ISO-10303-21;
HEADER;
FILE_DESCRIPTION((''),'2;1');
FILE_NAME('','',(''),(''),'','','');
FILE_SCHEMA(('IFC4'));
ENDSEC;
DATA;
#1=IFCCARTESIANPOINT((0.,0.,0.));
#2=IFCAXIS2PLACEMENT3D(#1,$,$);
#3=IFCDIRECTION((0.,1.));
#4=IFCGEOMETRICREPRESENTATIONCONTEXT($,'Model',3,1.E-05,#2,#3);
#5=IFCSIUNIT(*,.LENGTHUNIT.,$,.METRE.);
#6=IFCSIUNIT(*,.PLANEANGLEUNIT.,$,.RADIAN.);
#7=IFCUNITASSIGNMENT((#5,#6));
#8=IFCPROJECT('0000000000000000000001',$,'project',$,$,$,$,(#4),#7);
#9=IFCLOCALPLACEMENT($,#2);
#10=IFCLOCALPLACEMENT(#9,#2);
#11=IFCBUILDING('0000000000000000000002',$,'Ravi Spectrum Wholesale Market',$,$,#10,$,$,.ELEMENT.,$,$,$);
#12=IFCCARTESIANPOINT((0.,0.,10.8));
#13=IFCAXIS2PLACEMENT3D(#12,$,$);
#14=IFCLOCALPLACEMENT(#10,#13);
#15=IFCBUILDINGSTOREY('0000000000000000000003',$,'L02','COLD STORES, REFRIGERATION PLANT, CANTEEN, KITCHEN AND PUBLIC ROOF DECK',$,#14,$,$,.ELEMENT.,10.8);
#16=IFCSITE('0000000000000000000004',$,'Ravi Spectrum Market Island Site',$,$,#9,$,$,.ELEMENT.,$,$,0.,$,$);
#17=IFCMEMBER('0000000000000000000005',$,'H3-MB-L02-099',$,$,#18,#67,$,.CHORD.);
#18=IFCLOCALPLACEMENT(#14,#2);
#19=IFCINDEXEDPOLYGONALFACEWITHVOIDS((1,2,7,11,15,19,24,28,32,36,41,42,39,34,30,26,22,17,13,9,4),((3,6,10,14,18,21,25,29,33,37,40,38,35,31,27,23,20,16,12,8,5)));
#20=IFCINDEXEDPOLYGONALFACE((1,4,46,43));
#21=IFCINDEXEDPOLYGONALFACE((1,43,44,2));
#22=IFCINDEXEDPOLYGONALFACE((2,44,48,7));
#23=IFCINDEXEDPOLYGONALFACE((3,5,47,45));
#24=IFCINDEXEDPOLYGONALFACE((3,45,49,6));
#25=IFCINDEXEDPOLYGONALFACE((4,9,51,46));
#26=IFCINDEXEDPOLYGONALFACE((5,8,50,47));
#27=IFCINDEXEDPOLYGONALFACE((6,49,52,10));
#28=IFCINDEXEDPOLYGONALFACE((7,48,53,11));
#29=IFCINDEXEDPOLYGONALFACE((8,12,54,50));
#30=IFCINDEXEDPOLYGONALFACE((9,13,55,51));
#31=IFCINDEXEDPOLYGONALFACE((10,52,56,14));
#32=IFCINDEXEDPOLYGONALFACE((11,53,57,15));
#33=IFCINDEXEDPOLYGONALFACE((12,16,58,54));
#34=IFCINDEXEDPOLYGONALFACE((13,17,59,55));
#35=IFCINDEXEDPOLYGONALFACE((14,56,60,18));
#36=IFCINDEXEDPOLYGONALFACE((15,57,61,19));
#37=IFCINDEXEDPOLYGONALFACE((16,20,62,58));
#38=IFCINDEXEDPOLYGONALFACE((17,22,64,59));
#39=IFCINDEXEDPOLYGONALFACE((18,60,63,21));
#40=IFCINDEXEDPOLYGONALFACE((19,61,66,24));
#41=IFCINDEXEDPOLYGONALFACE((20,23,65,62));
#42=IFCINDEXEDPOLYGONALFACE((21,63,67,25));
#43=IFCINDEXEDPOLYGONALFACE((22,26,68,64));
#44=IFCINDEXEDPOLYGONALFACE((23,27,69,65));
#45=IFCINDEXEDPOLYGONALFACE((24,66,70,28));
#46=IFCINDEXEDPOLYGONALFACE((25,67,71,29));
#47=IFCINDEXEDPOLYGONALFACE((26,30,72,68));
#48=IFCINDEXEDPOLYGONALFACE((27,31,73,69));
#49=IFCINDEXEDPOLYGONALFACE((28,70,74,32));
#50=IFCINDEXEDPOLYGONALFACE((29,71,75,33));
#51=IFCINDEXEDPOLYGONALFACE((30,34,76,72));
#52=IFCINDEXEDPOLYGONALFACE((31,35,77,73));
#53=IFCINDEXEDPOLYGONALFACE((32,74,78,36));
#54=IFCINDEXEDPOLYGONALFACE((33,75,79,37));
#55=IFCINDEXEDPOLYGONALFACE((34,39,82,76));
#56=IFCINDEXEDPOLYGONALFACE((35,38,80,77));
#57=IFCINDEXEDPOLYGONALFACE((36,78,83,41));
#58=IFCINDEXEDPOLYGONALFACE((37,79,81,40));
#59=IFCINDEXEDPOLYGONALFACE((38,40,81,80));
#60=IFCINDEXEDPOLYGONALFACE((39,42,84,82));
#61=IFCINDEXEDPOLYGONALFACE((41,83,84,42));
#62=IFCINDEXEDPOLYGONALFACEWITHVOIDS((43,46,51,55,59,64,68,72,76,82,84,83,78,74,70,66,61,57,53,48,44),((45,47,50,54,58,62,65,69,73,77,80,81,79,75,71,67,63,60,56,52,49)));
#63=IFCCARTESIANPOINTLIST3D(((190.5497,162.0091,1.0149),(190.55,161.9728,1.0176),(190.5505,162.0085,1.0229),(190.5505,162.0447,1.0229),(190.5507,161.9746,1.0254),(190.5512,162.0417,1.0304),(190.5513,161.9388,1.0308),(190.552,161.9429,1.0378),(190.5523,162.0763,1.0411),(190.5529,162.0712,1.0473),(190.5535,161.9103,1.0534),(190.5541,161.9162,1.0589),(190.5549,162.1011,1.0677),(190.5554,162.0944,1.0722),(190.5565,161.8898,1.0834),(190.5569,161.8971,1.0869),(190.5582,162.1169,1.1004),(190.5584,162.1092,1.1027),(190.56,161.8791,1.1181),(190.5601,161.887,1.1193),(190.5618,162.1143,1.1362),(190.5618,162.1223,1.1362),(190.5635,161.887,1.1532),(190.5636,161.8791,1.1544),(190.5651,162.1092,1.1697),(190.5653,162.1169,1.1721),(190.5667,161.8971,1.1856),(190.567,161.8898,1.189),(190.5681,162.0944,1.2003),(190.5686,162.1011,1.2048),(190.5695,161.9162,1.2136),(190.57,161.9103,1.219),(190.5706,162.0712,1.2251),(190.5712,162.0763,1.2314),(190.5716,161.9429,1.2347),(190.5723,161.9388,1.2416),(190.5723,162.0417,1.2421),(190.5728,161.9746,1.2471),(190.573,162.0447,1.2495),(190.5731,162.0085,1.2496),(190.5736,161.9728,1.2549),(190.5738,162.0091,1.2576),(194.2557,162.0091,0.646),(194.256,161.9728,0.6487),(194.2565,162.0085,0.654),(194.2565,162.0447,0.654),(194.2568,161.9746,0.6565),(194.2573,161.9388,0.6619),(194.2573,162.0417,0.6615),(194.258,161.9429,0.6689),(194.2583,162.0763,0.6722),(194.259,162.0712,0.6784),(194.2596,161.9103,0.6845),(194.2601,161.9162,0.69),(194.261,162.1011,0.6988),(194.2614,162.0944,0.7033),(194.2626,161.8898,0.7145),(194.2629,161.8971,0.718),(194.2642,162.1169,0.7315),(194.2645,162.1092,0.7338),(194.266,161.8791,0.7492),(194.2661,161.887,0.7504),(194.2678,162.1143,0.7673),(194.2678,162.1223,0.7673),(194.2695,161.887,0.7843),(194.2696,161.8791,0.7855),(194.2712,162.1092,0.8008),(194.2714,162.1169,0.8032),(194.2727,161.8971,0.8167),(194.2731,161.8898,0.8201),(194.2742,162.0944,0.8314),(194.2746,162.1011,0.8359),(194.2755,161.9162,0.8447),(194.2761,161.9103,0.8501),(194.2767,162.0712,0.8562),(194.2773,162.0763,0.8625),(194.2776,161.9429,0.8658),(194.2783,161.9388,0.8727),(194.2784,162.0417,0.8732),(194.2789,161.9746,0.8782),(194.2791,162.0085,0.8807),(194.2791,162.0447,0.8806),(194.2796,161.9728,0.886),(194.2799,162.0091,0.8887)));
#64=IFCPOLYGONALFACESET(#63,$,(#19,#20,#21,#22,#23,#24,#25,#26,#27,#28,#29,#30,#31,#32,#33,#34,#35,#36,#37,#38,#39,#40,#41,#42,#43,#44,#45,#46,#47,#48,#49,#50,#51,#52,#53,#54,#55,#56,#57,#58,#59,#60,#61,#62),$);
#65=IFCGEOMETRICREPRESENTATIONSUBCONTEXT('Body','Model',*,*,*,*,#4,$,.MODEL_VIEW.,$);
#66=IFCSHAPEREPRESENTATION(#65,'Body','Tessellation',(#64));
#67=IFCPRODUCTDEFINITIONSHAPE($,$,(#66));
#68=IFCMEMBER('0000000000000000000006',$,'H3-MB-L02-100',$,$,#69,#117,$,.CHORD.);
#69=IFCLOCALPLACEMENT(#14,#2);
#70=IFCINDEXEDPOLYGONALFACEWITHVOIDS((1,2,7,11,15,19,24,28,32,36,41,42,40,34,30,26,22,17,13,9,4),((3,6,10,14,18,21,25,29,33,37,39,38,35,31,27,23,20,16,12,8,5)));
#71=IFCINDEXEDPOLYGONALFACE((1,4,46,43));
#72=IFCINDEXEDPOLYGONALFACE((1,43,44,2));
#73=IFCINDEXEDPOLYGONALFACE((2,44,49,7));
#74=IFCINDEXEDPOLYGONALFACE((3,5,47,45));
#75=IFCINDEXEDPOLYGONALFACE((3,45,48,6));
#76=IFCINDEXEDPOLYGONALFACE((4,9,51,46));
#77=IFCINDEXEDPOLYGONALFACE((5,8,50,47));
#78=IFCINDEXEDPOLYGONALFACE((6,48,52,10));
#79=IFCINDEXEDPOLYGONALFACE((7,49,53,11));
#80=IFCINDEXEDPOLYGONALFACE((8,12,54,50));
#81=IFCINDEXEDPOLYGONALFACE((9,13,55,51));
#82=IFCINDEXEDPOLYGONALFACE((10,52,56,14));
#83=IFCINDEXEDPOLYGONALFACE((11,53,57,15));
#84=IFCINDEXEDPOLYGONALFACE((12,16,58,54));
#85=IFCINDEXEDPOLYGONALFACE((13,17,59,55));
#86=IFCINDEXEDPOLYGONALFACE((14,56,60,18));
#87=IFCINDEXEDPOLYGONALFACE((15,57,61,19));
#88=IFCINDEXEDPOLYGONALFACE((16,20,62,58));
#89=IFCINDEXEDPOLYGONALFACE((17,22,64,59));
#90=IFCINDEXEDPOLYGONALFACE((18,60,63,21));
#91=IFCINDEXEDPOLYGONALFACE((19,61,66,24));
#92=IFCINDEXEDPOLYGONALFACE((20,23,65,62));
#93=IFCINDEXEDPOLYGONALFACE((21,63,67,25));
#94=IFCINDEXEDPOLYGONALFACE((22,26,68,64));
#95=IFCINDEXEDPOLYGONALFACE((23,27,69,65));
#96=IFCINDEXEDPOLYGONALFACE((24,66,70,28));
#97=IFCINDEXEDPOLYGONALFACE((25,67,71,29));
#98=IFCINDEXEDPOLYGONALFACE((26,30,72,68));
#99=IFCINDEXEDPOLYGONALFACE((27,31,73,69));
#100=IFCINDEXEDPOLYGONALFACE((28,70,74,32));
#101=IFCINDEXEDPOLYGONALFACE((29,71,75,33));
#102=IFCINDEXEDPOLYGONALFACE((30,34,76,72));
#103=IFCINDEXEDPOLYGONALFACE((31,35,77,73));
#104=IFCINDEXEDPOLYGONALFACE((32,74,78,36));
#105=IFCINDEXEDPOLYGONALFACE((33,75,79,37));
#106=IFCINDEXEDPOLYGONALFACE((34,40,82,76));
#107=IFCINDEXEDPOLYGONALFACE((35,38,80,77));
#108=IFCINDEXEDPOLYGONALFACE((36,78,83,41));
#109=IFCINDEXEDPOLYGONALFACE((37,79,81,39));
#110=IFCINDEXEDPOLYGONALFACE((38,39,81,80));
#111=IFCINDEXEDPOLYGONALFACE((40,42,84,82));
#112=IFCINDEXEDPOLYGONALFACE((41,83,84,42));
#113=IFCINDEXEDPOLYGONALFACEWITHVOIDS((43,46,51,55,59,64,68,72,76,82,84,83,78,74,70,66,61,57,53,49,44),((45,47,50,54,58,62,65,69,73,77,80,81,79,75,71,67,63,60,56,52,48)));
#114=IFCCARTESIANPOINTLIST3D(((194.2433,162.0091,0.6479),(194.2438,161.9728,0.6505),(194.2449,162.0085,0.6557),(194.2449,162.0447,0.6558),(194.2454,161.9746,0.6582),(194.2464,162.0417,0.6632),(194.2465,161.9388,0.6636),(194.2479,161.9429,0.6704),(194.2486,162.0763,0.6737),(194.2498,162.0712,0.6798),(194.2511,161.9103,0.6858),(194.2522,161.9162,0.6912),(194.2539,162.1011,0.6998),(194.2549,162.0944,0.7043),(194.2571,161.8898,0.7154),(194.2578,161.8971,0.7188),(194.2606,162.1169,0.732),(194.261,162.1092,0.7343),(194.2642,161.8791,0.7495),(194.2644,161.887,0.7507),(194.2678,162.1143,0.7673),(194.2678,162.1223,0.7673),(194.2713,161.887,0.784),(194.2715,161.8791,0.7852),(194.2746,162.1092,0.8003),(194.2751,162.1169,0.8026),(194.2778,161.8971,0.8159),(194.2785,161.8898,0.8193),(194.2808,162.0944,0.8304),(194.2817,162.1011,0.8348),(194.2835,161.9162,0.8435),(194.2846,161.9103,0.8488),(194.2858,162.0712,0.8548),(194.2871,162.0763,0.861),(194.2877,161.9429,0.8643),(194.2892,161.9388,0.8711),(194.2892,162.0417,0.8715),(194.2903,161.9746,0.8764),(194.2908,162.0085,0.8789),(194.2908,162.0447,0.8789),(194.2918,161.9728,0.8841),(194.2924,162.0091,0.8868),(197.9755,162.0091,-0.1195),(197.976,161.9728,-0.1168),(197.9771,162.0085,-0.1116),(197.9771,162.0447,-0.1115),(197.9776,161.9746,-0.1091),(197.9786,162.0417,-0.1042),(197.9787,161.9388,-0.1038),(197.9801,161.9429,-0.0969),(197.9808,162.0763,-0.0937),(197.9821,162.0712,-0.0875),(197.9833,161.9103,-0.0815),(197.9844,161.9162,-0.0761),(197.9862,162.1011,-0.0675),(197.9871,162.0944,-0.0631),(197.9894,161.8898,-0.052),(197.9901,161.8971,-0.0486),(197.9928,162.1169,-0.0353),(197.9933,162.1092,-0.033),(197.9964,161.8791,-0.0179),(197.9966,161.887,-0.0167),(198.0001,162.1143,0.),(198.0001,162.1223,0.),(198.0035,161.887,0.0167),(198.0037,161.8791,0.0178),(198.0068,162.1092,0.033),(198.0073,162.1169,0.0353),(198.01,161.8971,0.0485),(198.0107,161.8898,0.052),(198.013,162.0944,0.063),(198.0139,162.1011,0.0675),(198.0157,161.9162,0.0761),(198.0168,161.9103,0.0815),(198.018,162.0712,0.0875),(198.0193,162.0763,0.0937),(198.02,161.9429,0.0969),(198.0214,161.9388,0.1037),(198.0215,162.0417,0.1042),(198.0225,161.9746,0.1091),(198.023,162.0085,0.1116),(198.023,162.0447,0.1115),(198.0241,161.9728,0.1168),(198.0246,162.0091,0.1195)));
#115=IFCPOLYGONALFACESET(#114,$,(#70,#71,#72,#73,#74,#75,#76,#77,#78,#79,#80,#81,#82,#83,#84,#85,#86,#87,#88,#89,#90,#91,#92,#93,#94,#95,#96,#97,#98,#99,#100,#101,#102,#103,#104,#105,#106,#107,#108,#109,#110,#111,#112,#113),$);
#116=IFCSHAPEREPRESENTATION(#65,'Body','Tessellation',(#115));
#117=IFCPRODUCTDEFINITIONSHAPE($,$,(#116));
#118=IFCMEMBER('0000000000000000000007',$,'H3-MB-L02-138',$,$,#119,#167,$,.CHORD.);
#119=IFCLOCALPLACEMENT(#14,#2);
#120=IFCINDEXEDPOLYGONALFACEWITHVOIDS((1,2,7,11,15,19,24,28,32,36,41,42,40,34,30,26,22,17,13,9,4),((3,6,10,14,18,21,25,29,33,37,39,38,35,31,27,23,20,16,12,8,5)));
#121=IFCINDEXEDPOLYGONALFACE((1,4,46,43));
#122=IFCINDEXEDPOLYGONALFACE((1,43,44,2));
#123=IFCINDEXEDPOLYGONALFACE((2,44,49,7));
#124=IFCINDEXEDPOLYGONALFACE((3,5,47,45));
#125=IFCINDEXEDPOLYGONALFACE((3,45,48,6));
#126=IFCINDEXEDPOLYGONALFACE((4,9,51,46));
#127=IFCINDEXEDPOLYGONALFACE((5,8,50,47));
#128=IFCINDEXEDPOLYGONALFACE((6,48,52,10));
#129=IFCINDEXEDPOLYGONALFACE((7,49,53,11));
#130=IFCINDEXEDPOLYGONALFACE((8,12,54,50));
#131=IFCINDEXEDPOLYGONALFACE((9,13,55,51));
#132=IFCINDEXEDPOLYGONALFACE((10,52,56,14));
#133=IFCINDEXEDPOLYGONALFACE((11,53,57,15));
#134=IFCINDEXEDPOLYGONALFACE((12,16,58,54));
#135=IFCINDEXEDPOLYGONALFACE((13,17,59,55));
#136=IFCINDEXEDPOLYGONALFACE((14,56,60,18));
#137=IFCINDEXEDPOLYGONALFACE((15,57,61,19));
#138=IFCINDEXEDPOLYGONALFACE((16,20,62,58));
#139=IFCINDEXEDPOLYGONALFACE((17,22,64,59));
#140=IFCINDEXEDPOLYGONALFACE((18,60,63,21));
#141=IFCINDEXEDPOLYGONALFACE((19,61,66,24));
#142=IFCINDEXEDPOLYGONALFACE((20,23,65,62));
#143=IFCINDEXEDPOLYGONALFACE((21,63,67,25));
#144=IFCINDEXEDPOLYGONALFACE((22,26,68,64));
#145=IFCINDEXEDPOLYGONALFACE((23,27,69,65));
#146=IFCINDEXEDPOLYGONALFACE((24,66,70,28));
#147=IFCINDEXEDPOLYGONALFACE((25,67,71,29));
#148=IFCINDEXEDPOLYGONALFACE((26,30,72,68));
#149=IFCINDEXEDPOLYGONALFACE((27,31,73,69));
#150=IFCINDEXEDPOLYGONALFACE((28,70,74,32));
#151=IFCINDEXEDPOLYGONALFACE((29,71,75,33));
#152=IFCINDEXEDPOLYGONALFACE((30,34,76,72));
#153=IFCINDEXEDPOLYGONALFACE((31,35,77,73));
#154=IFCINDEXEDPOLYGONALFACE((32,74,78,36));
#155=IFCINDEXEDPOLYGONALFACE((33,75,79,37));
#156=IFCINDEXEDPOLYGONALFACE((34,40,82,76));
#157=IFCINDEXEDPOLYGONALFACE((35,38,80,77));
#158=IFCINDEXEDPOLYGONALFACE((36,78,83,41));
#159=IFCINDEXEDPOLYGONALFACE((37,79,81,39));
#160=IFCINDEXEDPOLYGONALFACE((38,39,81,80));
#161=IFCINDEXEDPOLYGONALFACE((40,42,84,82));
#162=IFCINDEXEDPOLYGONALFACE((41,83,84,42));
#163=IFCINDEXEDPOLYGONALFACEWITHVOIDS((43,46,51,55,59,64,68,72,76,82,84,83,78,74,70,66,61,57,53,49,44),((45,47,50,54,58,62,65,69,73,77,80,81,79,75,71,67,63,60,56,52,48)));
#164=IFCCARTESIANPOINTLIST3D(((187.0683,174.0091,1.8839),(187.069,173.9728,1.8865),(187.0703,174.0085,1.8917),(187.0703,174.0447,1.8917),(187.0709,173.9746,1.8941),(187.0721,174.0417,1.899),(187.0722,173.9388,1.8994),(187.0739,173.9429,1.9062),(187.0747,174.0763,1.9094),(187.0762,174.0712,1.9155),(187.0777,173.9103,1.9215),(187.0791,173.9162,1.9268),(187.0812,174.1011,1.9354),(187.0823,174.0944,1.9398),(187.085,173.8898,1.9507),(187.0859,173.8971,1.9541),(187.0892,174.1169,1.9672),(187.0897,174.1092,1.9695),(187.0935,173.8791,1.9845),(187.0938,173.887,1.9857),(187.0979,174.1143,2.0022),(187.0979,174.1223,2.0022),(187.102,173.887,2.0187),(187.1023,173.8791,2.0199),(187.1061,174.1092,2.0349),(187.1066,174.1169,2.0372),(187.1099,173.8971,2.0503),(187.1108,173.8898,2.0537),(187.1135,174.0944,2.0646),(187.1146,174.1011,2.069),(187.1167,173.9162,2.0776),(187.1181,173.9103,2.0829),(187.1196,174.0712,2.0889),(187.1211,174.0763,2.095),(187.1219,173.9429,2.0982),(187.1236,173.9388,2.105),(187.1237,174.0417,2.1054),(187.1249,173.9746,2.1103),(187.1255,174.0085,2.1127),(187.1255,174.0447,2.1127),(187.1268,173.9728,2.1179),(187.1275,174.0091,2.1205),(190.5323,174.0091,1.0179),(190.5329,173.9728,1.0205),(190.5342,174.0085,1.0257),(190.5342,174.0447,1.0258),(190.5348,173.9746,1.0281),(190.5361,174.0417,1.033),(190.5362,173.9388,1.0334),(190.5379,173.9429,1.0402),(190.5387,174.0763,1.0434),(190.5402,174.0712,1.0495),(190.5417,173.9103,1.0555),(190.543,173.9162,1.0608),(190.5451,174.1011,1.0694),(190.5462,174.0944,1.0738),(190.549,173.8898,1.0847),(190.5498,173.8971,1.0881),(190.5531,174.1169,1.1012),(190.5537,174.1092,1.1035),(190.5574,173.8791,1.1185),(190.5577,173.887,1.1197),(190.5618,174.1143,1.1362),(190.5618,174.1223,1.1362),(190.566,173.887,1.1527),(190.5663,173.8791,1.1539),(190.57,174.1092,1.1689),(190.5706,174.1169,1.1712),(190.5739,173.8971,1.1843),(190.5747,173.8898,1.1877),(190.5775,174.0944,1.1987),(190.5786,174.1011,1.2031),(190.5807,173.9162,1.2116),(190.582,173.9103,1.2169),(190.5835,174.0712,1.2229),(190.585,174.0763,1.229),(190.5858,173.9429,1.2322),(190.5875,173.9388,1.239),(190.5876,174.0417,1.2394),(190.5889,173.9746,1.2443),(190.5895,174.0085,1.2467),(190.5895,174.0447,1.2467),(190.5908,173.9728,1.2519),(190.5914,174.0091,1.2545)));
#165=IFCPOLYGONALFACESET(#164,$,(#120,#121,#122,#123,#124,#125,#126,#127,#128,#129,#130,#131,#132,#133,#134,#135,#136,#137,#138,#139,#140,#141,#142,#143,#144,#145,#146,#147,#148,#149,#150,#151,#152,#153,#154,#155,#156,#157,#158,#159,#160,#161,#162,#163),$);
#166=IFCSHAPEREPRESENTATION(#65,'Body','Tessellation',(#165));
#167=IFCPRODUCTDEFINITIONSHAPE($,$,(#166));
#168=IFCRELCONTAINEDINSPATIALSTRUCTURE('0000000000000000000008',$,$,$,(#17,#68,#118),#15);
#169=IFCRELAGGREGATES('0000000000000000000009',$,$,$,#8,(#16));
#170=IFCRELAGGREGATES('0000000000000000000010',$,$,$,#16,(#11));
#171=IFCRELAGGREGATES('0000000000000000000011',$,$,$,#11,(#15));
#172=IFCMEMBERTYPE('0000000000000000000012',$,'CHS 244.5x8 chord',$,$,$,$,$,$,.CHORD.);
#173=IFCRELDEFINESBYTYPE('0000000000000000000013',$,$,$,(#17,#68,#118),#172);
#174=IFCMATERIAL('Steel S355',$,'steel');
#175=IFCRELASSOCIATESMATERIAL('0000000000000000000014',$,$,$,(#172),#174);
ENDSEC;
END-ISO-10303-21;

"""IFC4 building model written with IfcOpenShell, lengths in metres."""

from ifc_helpers import new_model, si_unit, direction, frame, origin, origin_2d, place, context, subcontext, project, spatial, hollow_circle, extrude, material, material_profile, profile_set, type_object, element, save


model = new_model("IFC4")

# Units and contexts
model_context = context("Model", 3, precision=1e-05, world=origin(), true_north=direction((0.0, 1.0)))
body_context = subcontext(model_context, "Body", "Model", "MODEL_VIEW")
ifc_project = project(units=[si_unit("LENGTHUNIT", "METRE"), si_unit("PLANEANGLEUNIT", "RADIAN")], contexts=[model_context])

# Site, building, storey
site_placement = place(None, origin())
site = spatial("IfcSite", under=ifc_project, at=site_placement, Name="Ravi Spectrum Market Island Site", CompositionType="ELEMENT", RefElevation=0.0)
building_placement = place(site_placement, origin())
building = spatial("IfcBuilding", under=site, at=building_placement, Name="Ravi Spectrum Wholesale Market", CompositionType="ELEMENT")
storey_placement = place(building_placement, frame((0.0, 0.0, 10.8)))
storey = spatial("IfcBuildingStorey", under=building, at=storey_placement, Name="L02", Description="COLD STORES, REFRIGERATION PLANT, CANTEEN, KITCHEN AND PUBLIC ROOF DECK", CompositionType="ELEMENT", Elevation=10.8)

# Members
ifc_material_1 = material(Name="Steel S355", Category="steel")
ifc_material_profile_1 = material_profile(ifc_material_1, hollow_circle(Radius=0.1223, WallThickness=0.0081, at=origin_2d()))
ifc_profile_set_1 = profile_set([ifc_material_profile_1], Name="Steel S355")
member_type_1 = type_object("IfcMemberType", Name="CHS 244.5x8 chord", PredefinedType="CHORD", material=ifc_profile_set_1)
member_1_placement = place(storey_placement, frame((190.5618, 162.0, 1.1362), z_axis=(0.995083, 0.0, -0.099049), x_axis=(0.0, 1.0, 0.0)))
element("IfcMember", 1, at=member_1_placement, inside=storey, type_object=member_type_1, Name="H3-MB-L02-099", PredefinedType="CHORD", context=body_context, shape_type="SweptSolid", body=[
    extrude(hollow_circle(Radius=0.1223, WallThickness=0.0081, at=origin_2d()), origin(), (0.0, 0.0, 1.0), 3.7244),
])
member_2_placement = place(storey_placement, frame((194.2678, 162.0, 0.7673), z_axis=(0.979512, 0.0, -0.201387), x_axis=(0.0, 1.0, 0.0)))
element("IfcMember", 2, at=member_2_placement, inside=storey, type_object=member_type_1, Name="H3-MB-L02-100", PredefinedType="CHORD", context=body_context, shape_type="SweptSolid", body=[
    extrude(hollow_circle(Radius=0.1223, WallThickness=0.0081, at=origin_2d()), origin(), (0.0, 0.0, 1.0), 3.8103),
])
member_3_placement = place(storey_placement, frame((187.0979, 174.0, 2.0022), z_axis=(0.970143, 0.0, -0.242536), x_axis=(0.0, 1.0, 0.0)))
element("IfcMember", 3, at=member_3_placement, inside=storey, type_object=member_type_1, Name="H3-MB-L02-138", PredefinedType="CHORD", context=body_context, shape_type="SweptSolid", body=[
    extrude(hollow_circle(Radius=0.1223, WallThickness=0.0081, at=origin_2d()), origin(), (0.0, 0.0, 1.0), 3.5706),
])

save(model, "model.ifc")
